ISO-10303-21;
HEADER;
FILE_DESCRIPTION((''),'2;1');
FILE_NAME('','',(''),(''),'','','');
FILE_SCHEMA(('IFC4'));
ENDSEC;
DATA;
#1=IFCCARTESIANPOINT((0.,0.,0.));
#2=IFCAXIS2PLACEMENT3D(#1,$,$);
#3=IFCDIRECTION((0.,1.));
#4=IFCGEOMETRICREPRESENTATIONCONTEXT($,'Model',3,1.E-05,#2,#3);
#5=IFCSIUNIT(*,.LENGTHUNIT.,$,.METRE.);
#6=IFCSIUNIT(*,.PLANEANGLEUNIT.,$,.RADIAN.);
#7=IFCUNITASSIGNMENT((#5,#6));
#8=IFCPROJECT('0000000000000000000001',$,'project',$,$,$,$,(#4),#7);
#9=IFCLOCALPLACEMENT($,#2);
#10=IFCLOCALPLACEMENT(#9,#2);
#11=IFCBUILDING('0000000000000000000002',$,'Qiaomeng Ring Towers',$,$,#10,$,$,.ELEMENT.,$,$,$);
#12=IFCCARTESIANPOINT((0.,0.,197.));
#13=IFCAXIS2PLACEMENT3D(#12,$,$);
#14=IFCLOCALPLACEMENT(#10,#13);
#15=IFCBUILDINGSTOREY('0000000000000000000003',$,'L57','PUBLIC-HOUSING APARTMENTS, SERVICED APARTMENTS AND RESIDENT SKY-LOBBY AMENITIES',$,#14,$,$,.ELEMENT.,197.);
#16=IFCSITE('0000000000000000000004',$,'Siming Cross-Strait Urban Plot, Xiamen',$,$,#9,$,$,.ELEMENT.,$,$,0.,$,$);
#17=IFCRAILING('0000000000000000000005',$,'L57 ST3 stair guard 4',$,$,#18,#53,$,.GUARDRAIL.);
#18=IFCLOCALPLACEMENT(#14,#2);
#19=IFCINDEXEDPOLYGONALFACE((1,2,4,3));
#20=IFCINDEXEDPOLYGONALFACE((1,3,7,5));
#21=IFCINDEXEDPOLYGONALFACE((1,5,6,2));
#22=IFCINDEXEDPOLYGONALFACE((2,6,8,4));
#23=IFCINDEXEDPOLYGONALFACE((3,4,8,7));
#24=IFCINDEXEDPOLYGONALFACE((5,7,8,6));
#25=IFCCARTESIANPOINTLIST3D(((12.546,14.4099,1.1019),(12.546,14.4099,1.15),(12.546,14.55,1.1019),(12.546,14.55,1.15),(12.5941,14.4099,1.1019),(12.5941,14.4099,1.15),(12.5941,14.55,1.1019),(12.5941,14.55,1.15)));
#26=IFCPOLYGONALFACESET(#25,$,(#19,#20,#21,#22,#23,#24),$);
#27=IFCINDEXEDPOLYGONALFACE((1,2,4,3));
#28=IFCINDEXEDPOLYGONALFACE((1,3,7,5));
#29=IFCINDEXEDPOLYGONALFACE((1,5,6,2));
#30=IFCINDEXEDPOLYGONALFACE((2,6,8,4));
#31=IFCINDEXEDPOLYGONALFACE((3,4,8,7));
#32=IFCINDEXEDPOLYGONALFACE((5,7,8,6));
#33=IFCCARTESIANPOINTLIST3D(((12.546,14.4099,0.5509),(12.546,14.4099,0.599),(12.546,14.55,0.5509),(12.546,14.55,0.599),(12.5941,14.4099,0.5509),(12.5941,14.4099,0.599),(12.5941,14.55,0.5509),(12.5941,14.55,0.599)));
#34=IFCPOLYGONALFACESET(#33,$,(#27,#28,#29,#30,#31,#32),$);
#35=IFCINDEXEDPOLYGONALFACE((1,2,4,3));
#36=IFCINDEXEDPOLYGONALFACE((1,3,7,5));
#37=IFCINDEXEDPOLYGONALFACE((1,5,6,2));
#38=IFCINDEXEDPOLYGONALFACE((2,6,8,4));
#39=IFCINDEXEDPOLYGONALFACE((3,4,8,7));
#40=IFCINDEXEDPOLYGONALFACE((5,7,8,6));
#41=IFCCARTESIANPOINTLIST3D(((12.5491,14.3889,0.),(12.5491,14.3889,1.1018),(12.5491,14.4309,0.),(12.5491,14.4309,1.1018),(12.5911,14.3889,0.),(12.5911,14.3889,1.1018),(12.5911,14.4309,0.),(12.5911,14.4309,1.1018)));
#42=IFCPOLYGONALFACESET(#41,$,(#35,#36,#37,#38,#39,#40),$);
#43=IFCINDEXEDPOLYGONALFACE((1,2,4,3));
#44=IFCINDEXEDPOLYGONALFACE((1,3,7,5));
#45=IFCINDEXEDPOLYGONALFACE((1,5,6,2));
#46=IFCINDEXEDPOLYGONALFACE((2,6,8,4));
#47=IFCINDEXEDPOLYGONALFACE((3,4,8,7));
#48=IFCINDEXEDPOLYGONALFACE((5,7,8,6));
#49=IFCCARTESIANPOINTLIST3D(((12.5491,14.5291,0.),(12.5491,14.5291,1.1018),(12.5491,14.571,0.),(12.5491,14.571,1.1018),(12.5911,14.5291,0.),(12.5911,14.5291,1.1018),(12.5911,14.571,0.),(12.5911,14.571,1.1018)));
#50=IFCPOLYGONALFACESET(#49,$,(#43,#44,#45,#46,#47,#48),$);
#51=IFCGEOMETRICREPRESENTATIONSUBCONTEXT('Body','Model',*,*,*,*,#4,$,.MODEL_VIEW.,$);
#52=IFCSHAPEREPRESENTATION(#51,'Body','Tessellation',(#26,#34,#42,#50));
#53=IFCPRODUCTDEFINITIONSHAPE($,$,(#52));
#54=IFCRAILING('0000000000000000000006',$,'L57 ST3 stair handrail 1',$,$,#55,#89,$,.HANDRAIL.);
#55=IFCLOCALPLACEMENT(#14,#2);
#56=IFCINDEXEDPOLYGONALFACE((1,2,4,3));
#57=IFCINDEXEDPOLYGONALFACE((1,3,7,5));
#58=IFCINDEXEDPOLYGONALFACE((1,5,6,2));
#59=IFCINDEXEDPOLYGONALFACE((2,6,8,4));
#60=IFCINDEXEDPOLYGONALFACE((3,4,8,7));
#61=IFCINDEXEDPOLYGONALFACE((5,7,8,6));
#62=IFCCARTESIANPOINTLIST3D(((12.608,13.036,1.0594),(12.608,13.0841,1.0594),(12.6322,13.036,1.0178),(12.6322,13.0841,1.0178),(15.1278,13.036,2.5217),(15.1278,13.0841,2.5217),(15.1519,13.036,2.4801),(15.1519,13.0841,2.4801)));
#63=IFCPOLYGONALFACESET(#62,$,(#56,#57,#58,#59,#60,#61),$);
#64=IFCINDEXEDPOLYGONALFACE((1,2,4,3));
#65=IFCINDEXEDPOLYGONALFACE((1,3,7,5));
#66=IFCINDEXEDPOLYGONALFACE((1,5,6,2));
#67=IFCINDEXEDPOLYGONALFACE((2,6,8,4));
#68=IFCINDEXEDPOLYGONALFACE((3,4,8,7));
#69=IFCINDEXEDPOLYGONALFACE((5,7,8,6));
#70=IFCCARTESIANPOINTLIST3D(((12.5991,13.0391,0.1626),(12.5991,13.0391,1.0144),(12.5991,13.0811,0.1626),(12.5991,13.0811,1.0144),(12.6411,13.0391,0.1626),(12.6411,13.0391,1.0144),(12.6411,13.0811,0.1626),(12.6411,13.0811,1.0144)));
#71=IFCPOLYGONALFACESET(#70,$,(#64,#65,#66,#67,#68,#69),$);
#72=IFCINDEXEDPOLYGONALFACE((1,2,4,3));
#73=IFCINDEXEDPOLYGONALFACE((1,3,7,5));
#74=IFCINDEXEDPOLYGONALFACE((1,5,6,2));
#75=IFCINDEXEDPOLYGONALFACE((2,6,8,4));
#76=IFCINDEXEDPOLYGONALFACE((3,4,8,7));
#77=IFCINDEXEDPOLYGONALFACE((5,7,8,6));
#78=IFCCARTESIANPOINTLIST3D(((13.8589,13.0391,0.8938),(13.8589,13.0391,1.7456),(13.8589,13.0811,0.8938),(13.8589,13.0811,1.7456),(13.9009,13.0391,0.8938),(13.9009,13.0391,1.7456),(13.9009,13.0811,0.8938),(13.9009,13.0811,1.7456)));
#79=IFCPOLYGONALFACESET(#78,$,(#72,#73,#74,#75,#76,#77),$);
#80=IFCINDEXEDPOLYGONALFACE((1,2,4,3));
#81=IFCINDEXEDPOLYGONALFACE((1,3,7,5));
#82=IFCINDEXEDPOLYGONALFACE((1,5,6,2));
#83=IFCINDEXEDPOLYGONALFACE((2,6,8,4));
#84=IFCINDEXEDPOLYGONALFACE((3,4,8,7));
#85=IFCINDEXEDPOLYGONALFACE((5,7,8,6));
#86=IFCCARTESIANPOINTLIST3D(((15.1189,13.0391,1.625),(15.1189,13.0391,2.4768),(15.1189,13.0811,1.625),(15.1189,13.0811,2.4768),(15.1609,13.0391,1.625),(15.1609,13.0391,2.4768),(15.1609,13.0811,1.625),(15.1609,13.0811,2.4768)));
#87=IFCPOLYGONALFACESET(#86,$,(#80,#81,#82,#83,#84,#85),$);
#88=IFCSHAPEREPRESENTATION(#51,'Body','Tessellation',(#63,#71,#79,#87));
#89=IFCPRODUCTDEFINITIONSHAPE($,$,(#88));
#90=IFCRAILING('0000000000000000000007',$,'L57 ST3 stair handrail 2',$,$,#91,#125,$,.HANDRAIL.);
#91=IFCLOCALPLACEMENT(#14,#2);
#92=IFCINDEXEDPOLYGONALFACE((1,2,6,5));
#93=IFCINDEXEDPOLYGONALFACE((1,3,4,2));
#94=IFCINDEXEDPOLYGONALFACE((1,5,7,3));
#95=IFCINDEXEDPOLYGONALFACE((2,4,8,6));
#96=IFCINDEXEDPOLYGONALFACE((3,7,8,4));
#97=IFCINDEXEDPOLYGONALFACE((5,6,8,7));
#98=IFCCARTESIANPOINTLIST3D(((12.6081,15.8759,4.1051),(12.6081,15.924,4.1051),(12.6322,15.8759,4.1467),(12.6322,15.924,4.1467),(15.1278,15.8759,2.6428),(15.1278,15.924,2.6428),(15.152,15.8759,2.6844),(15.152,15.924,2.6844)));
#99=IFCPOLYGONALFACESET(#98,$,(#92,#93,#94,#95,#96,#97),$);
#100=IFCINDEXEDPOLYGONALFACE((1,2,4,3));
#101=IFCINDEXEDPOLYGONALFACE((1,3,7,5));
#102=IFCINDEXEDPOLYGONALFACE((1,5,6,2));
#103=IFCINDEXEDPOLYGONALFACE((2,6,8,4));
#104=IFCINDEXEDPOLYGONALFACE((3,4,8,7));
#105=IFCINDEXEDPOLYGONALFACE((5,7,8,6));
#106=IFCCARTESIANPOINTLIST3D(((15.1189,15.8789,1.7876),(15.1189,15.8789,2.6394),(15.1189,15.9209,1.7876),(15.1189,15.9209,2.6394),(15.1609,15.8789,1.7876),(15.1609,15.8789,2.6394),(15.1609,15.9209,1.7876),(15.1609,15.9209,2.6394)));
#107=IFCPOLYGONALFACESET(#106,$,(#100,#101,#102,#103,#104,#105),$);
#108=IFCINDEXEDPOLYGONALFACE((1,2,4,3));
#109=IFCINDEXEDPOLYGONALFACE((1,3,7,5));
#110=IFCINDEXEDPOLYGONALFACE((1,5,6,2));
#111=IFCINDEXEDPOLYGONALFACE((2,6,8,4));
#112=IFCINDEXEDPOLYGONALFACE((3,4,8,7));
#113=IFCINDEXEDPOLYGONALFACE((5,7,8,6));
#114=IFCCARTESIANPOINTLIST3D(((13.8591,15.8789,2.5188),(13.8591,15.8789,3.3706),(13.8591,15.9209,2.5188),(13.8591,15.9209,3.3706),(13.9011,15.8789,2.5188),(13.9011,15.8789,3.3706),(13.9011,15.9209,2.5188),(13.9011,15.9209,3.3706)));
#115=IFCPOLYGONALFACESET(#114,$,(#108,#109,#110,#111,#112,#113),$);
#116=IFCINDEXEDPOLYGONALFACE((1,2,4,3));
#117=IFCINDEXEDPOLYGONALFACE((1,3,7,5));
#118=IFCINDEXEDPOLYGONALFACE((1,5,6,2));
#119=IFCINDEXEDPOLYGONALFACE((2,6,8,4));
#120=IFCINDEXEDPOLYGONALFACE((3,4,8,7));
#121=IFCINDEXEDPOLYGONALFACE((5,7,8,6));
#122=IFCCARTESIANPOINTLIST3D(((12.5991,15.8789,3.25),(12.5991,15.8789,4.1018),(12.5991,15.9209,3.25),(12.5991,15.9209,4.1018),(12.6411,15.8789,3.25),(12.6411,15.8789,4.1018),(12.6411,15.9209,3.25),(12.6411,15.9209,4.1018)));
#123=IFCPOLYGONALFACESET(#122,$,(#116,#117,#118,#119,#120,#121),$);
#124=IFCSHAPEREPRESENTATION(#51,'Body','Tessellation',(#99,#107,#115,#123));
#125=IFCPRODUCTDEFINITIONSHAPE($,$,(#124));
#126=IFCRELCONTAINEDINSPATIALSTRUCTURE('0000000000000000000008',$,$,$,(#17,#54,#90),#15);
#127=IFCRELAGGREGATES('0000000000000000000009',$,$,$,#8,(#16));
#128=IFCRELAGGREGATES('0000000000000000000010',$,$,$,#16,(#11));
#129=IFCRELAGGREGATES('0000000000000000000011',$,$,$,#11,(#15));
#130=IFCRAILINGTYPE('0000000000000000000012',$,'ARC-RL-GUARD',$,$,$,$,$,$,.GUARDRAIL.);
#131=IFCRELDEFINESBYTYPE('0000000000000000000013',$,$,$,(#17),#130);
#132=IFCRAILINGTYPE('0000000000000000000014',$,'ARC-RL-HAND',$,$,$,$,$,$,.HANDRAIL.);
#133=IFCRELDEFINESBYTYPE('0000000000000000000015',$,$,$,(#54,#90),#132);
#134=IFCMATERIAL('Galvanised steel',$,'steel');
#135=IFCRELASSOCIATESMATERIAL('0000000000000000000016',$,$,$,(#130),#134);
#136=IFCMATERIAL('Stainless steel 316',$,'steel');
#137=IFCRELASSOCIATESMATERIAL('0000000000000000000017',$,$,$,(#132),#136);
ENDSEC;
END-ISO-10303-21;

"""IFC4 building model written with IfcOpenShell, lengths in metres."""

from ifc_helpers import new_model, si_unit, direction, frame, origin, origin_2d, place, context, subcontext, project, spatial, rectangle, extrude, material, type_object, element, save


model = new_model("IFC4")

# Units and contexts
model_context = context("Model", 3, precision=1e-05, world=origin(), true_north=direction((0.0, 1.0)))
body_context = subcontext(model_context, "Body", "Model", "MODEL_VIEW")
ifc_project = project(units=[si_unit("LENGTHUNIT", "METRE"), si_unit("PLANEANGLEUNIT", "RADIAN")], contexts=[model_context])

# Site, building, storey
site_placement = place(None, origin())
site = spatial("IfcSite", under=ifc_project, at=site_placement, Name="Siming Cross-Strait Urban Plot, Xiamen", CompositionType="ELEMENT", RefElevation=0.0)
building_placement = place(site_placement, origin())
building = spatial("IfcBuilding", under=site, at=building_placement, Name="Qiaomeng Ring Towers", CompositionType="ELEMENT")
storey_placement = place(building_placement, frame((0.0, 0.0, 197.0)))
storey = spatial("IfcBuildingStorey", under=building, at=storey_placement, Name="L57", Description="PUBLIC-HOUSING APARTMENTS, SERVICED APARTMENTS AND RESIDENT SKY-LOBBY AMENITIES", CompositionType="ELEMENT", Elevation=197.0)

# Railings
ifc_material_1 = material(Name="Galvanised steel", Category="steel")
railing_type_1 = type_object("IfcRailingType", Name="ARC-RL-GUARD", PredefinedType="GUARDRAIL", material=ifc_material_1)
railing_1_placement = place(storey_placement, frame((12.5701, 14.4099, 0.0)))
element("IfcRailing", 1, at=railing_1_placement, inside=storey, type_object=railing_type_1, Name="L57 ST3 stair guard 4", PredefinedType="GUARDRAIL", context=body_context, shape_type="SweptSolid", body=[
    extrude(rectangle(XDim=0.0481, YDim=0.0481, at=origin_2d()), frame((0.0, 0.0, 1.126), z_axis=(0.0, 1.0, 0.0), x_axis=(-1.0, 0.0, 0.0)), (0.0, 0.0, 1.0), 0.1401),
    extrude(rectangle(XDim=0.0481, YDim=0.0481, at=origin_2d()), frame((0.0, 0.0, 0.575), z_axis=(0.0, 1.0, 0.0), x_axis=(-1.0, 0.0, 0.0)), (0.0, 0.0, 1.0), 0.1401),
    extrude(rectangle(XDim=0.042, YDim=0.042, at=origin_2d()), origin(), (0.0, 0.0, 1.0), 1.1018),
    extrude(rectangle(XDim=0.042, YDim=0.042, at=origin_2d()), frame((0.0, 0.1401, 0.0)), (0.0, 0.0, 1.0), 1.1018),
])
ifc_material_2 = material(Name="Stainless steel 316", Category="steel")
railing_type_2 = type_object("IfcRailingType", Name="ARC-RL-HAND", PredefinedType="HANDRAIL", material=ifc_material_2)
railing_2_placement = place(storey_placement, frame((12.6201, 13.0601, 0.1626)))
element("IfcRailing", 2, at=railing_2_placement, inside=storey, type_object=railing_type_2, Name="L57 ST3 stair handrail 1", PredefinedType="HANDRAIL", context=body_context, shape_type="SweptSolid", body=[
    extrude(rectangle(XDim=0.0481, YDim=0.0481, at=origin_2d()), frame((0.0, 0.0, 0.876), z_axis=(0.864892, 0.0, 0.501958), x_axis=(0.0, 1.0, 0.0)), (0.0, 0.0, 1.0), 2.9133),
    extrude(rectangle(XDim=0.042, YDim=0.042, at=origin_2d()), origin(), (0.0, 0.0, 1.0), 0.8518),
    extrude(rectangle(XDim=0.042, YDim=0.042, at=origin_2d()), frame((1.2598, 0.0, 0.7312)), (0.0, 0.0, 1.0), 0.8518),
    extrude(rectangle(XDim=0.042, YDim=0.042, at=origin_2d()), frame((2.5198, 0.0, 1.4624)), (0.0, 0.0, 1.0), 0.8518),
])
railing_3_placement = place(storey_placement, frame((15.1399, 15.8999, 1.7876)))
element("IfcRailing", 3, at=railing_3_placement, inside=storey, type_object=railing_type_2, Name="L57 ST3 stair handrail 2", PredefinedType="HANDRAIL", context=body_context, shape_type="SweptSolid", body=[
    extrude(rectangle(XDim=0.0481, YDim=0.0481, at=origin_2d()), frame((0.0, 0.0, 0.876), z_axis=(-0.864892, 0.0, 0.501958), x_axis=(0.0, -1.0, 0.0)), (0.0, 0.0, 1.0), 2.9133),
    extrude(rectangle(XDim=0.042, YDim=0.042, at=origin_2d()), origin(), (0.0, 0.0, 1.0), 0.8518),
    extrude(rectangle(XDim=0.042, YDim=0.042, at=origin_2d()), frame((-1.2598, 0.0, 0.7312)), (0.0, 0.0, 1.0), 0.8518),
    extrude(rectangle(XDim=0.042, YDim=0.042, at=origin_2d()), frame((-2.5198, 0.0, 1.4624)), (0.0, 0.0, 1.0), 0.8518),
])

save(model, "model.ifc")
